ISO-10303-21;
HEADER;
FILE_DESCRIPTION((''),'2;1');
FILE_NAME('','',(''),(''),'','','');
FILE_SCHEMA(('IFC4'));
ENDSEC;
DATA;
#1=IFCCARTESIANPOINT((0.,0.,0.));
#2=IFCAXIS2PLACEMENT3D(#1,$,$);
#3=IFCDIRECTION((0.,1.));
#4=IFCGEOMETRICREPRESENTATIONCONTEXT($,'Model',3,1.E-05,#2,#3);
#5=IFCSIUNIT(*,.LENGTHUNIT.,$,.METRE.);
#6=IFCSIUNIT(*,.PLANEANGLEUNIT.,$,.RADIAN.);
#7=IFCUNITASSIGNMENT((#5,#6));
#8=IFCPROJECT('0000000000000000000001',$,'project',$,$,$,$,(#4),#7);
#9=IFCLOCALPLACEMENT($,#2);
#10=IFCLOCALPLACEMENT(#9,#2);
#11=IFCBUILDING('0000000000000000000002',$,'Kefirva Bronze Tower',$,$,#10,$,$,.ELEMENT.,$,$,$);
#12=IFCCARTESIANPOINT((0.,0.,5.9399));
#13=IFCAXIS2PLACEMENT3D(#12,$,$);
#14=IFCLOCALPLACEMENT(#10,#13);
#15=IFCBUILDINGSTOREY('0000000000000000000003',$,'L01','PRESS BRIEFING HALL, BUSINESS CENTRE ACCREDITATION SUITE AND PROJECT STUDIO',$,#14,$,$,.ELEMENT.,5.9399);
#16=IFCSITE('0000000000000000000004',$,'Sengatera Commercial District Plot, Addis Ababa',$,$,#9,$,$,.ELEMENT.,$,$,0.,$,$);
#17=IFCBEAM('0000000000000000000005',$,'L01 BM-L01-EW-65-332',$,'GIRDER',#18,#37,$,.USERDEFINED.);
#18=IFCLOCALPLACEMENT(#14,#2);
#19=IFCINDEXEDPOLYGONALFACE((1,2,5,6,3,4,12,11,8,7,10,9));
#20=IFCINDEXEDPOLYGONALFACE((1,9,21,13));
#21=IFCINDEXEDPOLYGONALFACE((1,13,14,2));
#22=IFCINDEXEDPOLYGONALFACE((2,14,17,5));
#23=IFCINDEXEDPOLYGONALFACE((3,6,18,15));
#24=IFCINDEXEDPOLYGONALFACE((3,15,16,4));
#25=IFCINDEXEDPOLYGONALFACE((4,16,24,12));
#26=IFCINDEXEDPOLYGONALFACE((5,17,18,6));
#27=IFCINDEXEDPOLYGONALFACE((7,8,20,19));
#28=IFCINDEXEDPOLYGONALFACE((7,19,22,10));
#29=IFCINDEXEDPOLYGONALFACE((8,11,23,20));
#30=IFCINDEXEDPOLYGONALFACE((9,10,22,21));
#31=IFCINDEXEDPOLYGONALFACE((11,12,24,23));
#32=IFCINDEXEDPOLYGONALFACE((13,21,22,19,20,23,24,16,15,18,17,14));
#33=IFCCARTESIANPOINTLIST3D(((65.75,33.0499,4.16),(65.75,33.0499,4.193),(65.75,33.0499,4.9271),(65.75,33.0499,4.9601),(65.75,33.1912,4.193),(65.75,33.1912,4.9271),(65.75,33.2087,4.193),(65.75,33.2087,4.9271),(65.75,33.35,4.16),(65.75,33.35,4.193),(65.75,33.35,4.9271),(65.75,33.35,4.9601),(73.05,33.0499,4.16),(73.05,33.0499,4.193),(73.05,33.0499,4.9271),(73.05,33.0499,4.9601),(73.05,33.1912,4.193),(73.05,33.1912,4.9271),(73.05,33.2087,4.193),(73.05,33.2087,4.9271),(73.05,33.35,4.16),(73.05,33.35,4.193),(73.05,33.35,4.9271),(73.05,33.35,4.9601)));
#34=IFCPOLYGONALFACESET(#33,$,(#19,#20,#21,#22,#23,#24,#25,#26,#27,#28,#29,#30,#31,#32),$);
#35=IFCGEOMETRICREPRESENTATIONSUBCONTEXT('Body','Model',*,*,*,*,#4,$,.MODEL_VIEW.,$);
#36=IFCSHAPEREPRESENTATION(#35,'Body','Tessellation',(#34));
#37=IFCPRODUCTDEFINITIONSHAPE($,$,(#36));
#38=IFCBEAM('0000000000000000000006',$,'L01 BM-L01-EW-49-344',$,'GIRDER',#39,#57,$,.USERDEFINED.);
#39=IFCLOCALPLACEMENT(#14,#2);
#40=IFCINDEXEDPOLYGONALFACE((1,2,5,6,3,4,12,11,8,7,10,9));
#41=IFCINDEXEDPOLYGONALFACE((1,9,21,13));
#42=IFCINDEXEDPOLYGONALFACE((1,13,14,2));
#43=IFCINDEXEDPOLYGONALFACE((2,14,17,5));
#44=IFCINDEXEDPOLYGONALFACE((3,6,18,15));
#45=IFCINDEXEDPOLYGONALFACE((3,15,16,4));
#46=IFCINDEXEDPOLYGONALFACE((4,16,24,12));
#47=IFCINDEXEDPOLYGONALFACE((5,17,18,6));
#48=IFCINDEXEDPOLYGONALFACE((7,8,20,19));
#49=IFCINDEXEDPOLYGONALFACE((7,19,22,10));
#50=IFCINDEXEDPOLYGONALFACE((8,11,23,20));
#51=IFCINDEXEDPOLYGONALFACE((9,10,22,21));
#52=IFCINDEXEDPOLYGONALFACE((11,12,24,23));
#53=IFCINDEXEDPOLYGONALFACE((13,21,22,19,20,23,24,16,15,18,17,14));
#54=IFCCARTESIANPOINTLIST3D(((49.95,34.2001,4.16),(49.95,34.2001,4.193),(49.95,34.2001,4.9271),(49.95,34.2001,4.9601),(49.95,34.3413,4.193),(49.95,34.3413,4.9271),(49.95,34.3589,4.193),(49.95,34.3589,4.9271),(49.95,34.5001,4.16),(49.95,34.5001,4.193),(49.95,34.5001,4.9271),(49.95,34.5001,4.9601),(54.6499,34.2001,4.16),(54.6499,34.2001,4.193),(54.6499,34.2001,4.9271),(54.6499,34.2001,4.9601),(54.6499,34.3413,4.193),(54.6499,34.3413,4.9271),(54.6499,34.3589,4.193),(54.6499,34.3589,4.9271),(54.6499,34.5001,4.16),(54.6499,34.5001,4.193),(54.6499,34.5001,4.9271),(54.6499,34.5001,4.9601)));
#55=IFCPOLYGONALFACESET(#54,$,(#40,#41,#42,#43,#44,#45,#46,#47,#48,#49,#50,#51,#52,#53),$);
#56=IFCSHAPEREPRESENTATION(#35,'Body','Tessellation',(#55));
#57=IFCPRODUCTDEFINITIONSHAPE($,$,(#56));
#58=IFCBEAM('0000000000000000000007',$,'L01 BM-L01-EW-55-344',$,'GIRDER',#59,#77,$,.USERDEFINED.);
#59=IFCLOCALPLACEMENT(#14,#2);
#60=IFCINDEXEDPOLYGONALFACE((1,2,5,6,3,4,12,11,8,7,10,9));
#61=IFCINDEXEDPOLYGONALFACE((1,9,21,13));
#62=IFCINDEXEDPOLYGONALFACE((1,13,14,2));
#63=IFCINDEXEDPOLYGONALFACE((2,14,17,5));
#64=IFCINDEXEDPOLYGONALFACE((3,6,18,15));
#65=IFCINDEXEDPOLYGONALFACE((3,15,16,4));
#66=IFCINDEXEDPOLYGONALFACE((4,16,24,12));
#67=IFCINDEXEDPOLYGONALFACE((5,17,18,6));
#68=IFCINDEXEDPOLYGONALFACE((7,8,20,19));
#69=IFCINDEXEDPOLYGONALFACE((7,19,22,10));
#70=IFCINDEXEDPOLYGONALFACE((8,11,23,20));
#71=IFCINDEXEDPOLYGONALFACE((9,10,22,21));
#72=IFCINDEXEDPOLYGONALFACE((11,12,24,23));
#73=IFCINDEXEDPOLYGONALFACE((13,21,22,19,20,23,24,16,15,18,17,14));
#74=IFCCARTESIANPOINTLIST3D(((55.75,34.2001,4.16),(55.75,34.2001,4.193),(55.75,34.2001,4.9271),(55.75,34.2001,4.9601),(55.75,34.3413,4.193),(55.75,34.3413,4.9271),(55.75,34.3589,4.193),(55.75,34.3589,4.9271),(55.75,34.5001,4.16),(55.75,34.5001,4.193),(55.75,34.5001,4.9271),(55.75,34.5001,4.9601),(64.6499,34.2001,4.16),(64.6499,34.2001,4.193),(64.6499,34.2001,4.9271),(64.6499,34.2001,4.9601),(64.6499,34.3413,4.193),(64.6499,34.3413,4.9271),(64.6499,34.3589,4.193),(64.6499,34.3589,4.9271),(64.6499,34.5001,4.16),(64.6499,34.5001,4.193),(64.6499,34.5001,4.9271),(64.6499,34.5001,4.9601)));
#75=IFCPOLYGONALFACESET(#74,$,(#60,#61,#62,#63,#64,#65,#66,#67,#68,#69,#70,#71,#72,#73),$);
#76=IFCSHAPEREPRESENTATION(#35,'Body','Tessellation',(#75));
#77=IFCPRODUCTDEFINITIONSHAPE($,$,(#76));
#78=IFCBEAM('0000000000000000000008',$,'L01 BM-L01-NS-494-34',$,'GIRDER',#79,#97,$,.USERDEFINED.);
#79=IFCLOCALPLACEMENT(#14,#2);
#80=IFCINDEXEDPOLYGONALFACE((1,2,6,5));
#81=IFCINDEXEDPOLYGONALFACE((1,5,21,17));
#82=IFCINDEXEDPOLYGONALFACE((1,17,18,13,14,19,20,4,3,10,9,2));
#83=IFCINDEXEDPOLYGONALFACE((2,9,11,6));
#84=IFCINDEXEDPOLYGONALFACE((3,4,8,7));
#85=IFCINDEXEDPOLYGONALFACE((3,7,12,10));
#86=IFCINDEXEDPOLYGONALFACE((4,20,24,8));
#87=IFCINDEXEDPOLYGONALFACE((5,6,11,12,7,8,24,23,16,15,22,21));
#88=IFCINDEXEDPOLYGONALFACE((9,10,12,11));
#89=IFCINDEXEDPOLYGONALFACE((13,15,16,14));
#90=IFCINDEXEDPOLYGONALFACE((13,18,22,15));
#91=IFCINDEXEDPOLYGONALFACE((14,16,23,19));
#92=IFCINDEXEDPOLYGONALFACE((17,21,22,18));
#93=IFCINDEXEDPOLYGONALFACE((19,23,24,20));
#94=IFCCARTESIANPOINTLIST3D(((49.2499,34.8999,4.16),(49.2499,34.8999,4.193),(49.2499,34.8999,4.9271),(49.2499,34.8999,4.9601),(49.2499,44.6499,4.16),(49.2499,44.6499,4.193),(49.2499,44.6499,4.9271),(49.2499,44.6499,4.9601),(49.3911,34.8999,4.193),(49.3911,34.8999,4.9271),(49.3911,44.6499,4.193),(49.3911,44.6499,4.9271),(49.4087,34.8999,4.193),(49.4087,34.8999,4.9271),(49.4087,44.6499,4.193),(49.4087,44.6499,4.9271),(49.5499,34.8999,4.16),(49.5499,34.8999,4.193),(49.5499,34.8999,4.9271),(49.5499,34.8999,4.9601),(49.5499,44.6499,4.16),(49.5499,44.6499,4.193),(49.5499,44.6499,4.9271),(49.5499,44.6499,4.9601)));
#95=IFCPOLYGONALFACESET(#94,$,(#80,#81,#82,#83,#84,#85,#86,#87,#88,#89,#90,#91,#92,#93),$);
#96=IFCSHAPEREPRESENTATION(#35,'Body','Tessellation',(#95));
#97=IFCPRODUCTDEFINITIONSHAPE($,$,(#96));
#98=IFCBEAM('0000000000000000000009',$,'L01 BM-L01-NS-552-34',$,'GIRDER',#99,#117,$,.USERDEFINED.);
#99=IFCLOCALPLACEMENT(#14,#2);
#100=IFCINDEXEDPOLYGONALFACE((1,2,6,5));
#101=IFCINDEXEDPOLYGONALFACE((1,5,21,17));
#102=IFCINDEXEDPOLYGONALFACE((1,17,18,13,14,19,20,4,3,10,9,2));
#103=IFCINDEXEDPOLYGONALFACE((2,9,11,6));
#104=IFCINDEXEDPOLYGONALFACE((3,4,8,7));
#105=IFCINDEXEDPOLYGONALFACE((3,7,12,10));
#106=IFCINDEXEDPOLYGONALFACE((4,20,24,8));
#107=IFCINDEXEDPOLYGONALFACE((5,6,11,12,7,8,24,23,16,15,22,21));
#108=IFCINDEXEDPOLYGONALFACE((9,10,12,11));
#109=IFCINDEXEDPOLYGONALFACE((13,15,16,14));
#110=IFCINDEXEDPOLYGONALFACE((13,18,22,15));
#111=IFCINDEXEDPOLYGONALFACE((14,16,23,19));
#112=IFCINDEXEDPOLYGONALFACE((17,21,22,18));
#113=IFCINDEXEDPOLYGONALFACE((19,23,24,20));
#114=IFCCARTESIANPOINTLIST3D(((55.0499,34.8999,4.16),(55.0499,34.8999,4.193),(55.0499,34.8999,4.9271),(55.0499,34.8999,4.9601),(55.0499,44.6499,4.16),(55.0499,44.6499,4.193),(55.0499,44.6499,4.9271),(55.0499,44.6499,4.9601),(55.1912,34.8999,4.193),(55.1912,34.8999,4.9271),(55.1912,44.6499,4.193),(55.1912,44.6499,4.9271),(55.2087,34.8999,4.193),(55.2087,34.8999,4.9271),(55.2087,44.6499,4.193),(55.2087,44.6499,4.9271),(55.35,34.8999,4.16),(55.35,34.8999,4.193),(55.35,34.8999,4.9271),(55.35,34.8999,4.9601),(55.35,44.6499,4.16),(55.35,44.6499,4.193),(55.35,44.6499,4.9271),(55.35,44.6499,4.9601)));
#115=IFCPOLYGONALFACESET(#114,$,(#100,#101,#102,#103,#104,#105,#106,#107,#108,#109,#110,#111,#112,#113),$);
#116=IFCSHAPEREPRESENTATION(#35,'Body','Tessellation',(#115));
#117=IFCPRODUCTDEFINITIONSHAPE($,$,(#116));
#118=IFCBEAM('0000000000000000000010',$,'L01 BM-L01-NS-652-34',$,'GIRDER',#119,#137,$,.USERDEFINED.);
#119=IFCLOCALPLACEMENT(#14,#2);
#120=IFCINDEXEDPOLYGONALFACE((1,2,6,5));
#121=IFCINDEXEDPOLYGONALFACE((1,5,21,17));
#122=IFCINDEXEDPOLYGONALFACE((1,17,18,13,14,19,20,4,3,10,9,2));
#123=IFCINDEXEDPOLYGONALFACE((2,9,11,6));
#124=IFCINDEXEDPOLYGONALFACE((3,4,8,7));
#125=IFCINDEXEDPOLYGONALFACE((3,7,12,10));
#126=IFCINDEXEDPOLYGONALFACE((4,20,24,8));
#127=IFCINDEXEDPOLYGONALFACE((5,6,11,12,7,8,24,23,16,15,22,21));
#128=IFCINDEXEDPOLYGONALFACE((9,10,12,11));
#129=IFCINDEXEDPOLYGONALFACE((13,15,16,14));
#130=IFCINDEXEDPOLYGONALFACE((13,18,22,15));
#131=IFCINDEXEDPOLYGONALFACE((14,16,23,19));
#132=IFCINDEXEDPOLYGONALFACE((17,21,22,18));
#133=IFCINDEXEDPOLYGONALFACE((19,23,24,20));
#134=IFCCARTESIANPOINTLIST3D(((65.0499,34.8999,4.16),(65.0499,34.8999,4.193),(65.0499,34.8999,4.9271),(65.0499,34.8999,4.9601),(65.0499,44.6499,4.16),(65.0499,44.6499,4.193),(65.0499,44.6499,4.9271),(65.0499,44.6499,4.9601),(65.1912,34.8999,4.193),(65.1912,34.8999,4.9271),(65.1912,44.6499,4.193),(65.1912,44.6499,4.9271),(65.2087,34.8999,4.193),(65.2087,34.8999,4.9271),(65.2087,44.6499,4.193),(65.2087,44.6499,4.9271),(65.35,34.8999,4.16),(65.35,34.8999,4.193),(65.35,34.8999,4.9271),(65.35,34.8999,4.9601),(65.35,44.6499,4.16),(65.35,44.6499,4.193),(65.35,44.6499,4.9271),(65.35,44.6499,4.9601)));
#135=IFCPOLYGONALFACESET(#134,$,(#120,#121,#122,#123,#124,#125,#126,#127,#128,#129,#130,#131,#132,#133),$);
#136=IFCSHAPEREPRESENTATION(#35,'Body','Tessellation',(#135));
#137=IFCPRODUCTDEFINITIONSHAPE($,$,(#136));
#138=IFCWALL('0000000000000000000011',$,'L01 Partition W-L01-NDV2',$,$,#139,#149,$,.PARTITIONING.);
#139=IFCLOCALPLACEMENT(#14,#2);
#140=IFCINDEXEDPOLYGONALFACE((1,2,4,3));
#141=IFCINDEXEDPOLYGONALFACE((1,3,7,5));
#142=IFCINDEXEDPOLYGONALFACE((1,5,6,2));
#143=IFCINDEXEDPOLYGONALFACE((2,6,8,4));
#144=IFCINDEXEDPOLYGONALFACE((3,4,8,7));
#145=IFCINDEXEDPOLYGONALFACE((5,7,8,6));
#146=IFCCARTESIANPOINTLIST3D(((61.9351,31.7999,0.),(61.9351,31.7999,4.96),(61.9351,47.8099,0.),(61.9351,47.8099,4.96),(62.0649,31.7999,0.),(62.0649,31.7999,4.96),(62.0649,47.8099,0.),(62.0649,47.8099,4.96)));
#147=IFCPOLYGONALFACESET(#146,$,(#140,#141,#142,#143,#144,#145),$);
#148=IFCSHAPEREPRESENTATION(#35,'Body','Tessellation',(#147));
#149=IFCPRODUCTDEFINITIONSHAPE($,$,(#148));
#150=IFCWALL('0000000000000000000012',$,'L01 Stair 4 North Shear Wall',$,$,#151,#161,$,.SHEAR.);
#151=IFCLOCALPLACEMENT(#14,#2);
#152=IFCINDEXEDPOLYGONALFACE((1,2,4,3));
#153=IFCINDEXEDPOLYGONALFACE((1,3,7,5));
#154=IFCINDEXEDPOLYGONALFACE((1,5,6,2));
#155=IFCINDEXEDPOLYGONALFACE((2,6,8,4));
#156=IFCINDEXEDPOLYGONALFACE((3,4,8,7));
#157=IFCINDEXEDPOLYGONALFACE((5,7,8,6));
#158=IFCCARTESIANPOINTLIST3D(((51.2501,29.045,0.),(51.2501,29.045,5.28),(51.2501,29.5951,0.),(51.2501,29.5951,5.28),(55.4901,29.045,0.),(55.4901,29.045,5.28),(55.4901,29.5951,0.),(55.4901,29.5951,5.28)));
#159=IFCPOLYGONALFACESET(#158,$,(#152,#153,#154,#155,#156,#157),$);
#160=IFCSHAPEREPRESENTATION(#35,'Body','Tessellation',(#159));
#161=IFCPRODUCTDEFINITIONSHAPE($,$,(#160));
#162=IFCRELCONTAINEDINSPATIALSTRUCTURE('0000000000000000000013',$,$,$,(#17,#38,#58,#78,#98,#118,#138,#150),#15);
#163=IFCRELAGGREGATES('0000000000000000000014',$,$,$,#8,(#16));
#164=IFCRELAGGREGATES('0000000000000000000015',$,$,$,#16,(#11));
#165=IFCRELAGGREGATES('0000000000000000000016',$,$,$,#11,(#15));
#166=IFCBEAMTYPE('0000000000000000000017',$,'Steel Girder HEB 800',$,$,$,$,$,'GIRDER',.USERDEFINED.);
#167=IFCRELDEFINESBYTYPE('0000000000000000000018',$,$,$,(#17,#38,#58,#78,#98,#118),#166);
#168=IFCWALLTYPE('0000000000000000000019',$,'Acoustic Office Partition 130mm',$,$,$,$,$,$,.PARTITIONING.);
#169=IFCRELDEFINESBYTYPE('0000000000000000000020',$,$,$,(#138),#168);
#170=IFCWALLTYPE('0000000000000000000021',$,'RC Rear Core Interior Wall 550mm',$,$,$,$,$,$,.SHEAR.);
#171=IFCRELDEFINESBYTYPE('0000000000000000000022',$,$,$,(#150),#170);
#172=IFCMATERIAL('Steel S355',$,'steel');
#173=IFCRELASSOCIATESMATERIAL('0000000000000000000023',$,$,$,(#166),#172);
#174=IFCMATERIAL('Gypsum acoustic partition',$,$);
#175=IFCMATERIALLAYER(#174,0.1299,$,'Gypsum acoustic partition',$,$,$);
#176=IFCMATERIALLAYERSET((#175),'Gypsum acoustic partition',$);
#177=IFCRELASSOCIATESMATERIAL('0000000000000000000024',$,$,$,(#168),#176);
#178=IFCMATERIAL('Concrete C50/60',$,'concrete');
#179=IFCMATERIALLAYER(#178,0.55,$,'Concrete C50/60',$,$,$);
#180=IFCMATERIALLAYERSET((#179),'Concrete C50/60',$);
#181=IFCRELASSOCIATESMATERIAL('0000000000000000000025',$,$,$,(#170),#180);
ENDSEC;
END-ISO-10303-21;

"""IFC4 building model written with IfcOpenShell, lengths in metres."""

from ifc_helpers import new_model, si_unit, direction, frame, frame_2d, origin, origin_2d, place, context, subcontext, project, spatial, rectangle, i_section, extrude, material, layer, layer_set, material_profile, profile_set, type_object, element, save


model = new_model("IFC4")

# Units and contexts
model_context = context("Model", 3, precision=1e-05, world=origin(), true_north=direction((0.0, 1.0)))
body_context = subcontext(model_context, "Body", "Model", "MODEL_VIEW")
ifc_project = project(units=[si_unit("LENGTHUNIT", "METRE"), si_unit("PLANEANGLEUNIT", "RADIAN")], contexts=[model_context])

# Site, building, storey
site_placement = place(None, origin())
site = spatial("IfcSite", under=ifc_project, at=site_placement, Name="Sengatera Commercial District Plot, Addis Ababa", CompositionType="ELEMENT", RefElevation=0.0)
building_placement = place(site_placement, origin())
building = spatial("IfcBuilding", under=site, at=building_placement, Name="Kefirva Bronze Tower", CompositionType="ELEMENT")
storey_placement = place(building_placement, frame((0.0, 0.0, 5.9399)))
storey = spatial("IfcBuildingStorey", under=building, at=storey_placement, Name="L01", Description="PRESS BRIEFING HALL, BUSINESS CENTRE ACCREDITATION SUITE AND PROJECT STUDIO", CompositionType="ELEMENT", Elevation=5.9399)

# Beams
ifc_material_1 = material(Name="Steel S355", Category="steel")
ifc_material_profile_1 = material_profile(ifc_material_1, i_section(OverallWidth=0.3, OverallDepth=0.8, WebThickness=0.0176, FlangeThickness=0.033, at=origin_2d()), Name="HEB 800")
ifc_profile_set_1 = profile_set([ifc_material_profile_1], Name="Steel S355")
beam_type_1 = type_object("IfcBeamType", Name="Steel Girder HEB 800", ElementType="GIRDER", PredefinedType="USERDEFINED", material=ifc_profile_set_1)
beam_1_placement = place(storey_placement, frame((65.75, 33.2, 4.5601), z_axis=(1.0, 0.0, 0.0), x_axis=(0.0, 1.0, 0.0)))
element("IfcBeam", 1, at=beam_1_placement, inside=storey, type_object=beam_type_1, Name="L01 BM-L01-EW-65-332", ObjectType="GIRDER", PredefinedType="USERDEFINED", context=body_context, shape_type="SweptSolid", body=[
    extrude(i_section(OverallWidth=0.3, OverallDepth=0.8, WebThickness=0.0176, FlangeThickness=0.033, at=origin_2d()), origin(), (0.0, 0.0, 1.0), 7.3),
])
beam_2_placement = place(storey_placement, frame((49.95, 34.3501, 4.5601), z_axis=(1.0, 0.0, 0.0), x_axis=(0.0, 1.0, 0.0)))
element("IfcBeam", 2, at=beam_2_placement, inside=storey, type_object=beam_type_1, Name="L01 BM-L01-EW-49-344", ObjectType="GIRDER", PredefinedType="USERDEFINED", context=body_context, shape_type="SweptSolid", body=[
    extrude(i_section(OverallWidth=0.3, OverallDepth=0.8, WebThickness=0.0176, FlangeThickness=0.033, at=origin_2d()), origin(), (0.0, 0.0, 1.0), 4.7),
])
beam_3_placement = place(storey_placement, frame((55.75, 34.3501, 4.5601), z_axis=(1.0, 0.0, 0.0), x_axis=(0.0, 1.0, 0.0)))
element("IfcBeam", 3, at=beam_3_placement, inside=storey, type_object=beam_type_1, Name="L01 BM-L01-EW-55-344", ObjectType="GIRDER", PredefinedType="USERDEFINED", context=body_context, shape_type="SweptSolid", body=[
    extrude(i_section(OverallWidth=0.3, OverallDepth=0.8, WebThickness=0.0176, FlangeThickness=0.033, at=origin_2d()), origin(), (0.0, 0.0, 1.0), 8.8999),
])
for number, where, z_axis, x_axis, name in (
    (4, (49.3999, 34.8999, 4.5601), (0.0, 1.0, 0.0), (-1.0, 0.0, 0.0), "L01 BM-L01-NS-494-34"),
    (5, (55.2, 34.8999, 4.5601), (0.0, 1.0, 0.0), (-1.0, 0.0, 0.0), "L01 BM-L01-NS-552-34"),
    (6, (65.2, 34.8999, 4.5601), (0.0, 1.0, 0.0), (-1.0, 0.0, 0.0), "L01 BM-L01-NS-652-34"),
):
    element("IfcBeam", number, at=place(storey_placement, frame(where, z_axis=z_axis, x_axis=x_axis)), inside=storey, type_object=beam_type_1, Name=name, ObjectType="GIRDER", PredefinedType="USERDEFINED", context=body_context, shape_type="SweptSolid", body=[
        extrude(i_section(OverallWidth=0.3, OverallDepth=0.8, WebThickness=0.0176, FlangeThickness=0.033, at=origin_2d()), origin(), (0.0, 0.0, 1.0), 9.75),
    ])

# Walls
ifc_material_2 = material(Name="Gypsum acoustic partition")
ifc_layer_1 = layer(ifc_material_2, 0.1299, Name="Gypsum acoustic partition")
ifc_layer_set_1 = layer_set([ifc_layer_1], Name="Gypsum acoustic partition")
wall_type_1 = type_object("IfcWallType", Name="Acoustic Office Partition 130mm", PredefinedType="PARTITIONING", material=ifc_layer_set_1)
wall_1_placement = place(storey_placement, frame((62.0, 31.8, 0.0), z_axis=(0.0, 0.0, 1.0), x_axis=(0.0, 1.0, 0.0)))
element("IfcWall", 7, at=wall_1_placement, inside=storey, type_object=wall_type_1, Name="L01 Partition W-L01-NDV2", PredefinedType="PARTITIONING", context=body_context, shape_type="SweptSolid", body=[
    extrude(rectangle(XDim=16.01, YDim=0.1299, at=frame_2d((8.0049, 0.0))), origin(), (0.0, 0.0, 1.0), 4.96),
])
ifc_material_3 = material(Name="Concrete C50/60", Category="concrete")
ifc_layer_2 = layer(ifc_material_3, 0.55, Name="Concrete C50/60")
ifc_layer_set_2 = layer_set([ifc_layer_2], Name="Concrete C50/60")
wall_type_2 = type_object("IfcWallType", Name="RC Rear Core Interior Wall 550mm", PredefinedType="SHEAR", material=ifc_layer_set_2)
wall_2_placement = place(storey_placement, frame((51.25, 29.3201, 0.0), z_axis=(0.0, 0.0, 1.0), x_axis=(1.0, 0.0, 0.0)))
element("IfcWall", 8, at=wall_2_placement, inside=storey, type_object=wall_type_2, Name="L01 Stair 4 North Shear Wall", PredefinedType="SHEAR", context=body_context, shape_type="SweptSolid", body=[
    extrude(rectangle(XDim=4.24, YDim=0.55, at=frame_2d((2.1201, 0.0))), origin(), (0.0, 0.0, 1.0), 5.28),
])

save(model, "model.ifc")
